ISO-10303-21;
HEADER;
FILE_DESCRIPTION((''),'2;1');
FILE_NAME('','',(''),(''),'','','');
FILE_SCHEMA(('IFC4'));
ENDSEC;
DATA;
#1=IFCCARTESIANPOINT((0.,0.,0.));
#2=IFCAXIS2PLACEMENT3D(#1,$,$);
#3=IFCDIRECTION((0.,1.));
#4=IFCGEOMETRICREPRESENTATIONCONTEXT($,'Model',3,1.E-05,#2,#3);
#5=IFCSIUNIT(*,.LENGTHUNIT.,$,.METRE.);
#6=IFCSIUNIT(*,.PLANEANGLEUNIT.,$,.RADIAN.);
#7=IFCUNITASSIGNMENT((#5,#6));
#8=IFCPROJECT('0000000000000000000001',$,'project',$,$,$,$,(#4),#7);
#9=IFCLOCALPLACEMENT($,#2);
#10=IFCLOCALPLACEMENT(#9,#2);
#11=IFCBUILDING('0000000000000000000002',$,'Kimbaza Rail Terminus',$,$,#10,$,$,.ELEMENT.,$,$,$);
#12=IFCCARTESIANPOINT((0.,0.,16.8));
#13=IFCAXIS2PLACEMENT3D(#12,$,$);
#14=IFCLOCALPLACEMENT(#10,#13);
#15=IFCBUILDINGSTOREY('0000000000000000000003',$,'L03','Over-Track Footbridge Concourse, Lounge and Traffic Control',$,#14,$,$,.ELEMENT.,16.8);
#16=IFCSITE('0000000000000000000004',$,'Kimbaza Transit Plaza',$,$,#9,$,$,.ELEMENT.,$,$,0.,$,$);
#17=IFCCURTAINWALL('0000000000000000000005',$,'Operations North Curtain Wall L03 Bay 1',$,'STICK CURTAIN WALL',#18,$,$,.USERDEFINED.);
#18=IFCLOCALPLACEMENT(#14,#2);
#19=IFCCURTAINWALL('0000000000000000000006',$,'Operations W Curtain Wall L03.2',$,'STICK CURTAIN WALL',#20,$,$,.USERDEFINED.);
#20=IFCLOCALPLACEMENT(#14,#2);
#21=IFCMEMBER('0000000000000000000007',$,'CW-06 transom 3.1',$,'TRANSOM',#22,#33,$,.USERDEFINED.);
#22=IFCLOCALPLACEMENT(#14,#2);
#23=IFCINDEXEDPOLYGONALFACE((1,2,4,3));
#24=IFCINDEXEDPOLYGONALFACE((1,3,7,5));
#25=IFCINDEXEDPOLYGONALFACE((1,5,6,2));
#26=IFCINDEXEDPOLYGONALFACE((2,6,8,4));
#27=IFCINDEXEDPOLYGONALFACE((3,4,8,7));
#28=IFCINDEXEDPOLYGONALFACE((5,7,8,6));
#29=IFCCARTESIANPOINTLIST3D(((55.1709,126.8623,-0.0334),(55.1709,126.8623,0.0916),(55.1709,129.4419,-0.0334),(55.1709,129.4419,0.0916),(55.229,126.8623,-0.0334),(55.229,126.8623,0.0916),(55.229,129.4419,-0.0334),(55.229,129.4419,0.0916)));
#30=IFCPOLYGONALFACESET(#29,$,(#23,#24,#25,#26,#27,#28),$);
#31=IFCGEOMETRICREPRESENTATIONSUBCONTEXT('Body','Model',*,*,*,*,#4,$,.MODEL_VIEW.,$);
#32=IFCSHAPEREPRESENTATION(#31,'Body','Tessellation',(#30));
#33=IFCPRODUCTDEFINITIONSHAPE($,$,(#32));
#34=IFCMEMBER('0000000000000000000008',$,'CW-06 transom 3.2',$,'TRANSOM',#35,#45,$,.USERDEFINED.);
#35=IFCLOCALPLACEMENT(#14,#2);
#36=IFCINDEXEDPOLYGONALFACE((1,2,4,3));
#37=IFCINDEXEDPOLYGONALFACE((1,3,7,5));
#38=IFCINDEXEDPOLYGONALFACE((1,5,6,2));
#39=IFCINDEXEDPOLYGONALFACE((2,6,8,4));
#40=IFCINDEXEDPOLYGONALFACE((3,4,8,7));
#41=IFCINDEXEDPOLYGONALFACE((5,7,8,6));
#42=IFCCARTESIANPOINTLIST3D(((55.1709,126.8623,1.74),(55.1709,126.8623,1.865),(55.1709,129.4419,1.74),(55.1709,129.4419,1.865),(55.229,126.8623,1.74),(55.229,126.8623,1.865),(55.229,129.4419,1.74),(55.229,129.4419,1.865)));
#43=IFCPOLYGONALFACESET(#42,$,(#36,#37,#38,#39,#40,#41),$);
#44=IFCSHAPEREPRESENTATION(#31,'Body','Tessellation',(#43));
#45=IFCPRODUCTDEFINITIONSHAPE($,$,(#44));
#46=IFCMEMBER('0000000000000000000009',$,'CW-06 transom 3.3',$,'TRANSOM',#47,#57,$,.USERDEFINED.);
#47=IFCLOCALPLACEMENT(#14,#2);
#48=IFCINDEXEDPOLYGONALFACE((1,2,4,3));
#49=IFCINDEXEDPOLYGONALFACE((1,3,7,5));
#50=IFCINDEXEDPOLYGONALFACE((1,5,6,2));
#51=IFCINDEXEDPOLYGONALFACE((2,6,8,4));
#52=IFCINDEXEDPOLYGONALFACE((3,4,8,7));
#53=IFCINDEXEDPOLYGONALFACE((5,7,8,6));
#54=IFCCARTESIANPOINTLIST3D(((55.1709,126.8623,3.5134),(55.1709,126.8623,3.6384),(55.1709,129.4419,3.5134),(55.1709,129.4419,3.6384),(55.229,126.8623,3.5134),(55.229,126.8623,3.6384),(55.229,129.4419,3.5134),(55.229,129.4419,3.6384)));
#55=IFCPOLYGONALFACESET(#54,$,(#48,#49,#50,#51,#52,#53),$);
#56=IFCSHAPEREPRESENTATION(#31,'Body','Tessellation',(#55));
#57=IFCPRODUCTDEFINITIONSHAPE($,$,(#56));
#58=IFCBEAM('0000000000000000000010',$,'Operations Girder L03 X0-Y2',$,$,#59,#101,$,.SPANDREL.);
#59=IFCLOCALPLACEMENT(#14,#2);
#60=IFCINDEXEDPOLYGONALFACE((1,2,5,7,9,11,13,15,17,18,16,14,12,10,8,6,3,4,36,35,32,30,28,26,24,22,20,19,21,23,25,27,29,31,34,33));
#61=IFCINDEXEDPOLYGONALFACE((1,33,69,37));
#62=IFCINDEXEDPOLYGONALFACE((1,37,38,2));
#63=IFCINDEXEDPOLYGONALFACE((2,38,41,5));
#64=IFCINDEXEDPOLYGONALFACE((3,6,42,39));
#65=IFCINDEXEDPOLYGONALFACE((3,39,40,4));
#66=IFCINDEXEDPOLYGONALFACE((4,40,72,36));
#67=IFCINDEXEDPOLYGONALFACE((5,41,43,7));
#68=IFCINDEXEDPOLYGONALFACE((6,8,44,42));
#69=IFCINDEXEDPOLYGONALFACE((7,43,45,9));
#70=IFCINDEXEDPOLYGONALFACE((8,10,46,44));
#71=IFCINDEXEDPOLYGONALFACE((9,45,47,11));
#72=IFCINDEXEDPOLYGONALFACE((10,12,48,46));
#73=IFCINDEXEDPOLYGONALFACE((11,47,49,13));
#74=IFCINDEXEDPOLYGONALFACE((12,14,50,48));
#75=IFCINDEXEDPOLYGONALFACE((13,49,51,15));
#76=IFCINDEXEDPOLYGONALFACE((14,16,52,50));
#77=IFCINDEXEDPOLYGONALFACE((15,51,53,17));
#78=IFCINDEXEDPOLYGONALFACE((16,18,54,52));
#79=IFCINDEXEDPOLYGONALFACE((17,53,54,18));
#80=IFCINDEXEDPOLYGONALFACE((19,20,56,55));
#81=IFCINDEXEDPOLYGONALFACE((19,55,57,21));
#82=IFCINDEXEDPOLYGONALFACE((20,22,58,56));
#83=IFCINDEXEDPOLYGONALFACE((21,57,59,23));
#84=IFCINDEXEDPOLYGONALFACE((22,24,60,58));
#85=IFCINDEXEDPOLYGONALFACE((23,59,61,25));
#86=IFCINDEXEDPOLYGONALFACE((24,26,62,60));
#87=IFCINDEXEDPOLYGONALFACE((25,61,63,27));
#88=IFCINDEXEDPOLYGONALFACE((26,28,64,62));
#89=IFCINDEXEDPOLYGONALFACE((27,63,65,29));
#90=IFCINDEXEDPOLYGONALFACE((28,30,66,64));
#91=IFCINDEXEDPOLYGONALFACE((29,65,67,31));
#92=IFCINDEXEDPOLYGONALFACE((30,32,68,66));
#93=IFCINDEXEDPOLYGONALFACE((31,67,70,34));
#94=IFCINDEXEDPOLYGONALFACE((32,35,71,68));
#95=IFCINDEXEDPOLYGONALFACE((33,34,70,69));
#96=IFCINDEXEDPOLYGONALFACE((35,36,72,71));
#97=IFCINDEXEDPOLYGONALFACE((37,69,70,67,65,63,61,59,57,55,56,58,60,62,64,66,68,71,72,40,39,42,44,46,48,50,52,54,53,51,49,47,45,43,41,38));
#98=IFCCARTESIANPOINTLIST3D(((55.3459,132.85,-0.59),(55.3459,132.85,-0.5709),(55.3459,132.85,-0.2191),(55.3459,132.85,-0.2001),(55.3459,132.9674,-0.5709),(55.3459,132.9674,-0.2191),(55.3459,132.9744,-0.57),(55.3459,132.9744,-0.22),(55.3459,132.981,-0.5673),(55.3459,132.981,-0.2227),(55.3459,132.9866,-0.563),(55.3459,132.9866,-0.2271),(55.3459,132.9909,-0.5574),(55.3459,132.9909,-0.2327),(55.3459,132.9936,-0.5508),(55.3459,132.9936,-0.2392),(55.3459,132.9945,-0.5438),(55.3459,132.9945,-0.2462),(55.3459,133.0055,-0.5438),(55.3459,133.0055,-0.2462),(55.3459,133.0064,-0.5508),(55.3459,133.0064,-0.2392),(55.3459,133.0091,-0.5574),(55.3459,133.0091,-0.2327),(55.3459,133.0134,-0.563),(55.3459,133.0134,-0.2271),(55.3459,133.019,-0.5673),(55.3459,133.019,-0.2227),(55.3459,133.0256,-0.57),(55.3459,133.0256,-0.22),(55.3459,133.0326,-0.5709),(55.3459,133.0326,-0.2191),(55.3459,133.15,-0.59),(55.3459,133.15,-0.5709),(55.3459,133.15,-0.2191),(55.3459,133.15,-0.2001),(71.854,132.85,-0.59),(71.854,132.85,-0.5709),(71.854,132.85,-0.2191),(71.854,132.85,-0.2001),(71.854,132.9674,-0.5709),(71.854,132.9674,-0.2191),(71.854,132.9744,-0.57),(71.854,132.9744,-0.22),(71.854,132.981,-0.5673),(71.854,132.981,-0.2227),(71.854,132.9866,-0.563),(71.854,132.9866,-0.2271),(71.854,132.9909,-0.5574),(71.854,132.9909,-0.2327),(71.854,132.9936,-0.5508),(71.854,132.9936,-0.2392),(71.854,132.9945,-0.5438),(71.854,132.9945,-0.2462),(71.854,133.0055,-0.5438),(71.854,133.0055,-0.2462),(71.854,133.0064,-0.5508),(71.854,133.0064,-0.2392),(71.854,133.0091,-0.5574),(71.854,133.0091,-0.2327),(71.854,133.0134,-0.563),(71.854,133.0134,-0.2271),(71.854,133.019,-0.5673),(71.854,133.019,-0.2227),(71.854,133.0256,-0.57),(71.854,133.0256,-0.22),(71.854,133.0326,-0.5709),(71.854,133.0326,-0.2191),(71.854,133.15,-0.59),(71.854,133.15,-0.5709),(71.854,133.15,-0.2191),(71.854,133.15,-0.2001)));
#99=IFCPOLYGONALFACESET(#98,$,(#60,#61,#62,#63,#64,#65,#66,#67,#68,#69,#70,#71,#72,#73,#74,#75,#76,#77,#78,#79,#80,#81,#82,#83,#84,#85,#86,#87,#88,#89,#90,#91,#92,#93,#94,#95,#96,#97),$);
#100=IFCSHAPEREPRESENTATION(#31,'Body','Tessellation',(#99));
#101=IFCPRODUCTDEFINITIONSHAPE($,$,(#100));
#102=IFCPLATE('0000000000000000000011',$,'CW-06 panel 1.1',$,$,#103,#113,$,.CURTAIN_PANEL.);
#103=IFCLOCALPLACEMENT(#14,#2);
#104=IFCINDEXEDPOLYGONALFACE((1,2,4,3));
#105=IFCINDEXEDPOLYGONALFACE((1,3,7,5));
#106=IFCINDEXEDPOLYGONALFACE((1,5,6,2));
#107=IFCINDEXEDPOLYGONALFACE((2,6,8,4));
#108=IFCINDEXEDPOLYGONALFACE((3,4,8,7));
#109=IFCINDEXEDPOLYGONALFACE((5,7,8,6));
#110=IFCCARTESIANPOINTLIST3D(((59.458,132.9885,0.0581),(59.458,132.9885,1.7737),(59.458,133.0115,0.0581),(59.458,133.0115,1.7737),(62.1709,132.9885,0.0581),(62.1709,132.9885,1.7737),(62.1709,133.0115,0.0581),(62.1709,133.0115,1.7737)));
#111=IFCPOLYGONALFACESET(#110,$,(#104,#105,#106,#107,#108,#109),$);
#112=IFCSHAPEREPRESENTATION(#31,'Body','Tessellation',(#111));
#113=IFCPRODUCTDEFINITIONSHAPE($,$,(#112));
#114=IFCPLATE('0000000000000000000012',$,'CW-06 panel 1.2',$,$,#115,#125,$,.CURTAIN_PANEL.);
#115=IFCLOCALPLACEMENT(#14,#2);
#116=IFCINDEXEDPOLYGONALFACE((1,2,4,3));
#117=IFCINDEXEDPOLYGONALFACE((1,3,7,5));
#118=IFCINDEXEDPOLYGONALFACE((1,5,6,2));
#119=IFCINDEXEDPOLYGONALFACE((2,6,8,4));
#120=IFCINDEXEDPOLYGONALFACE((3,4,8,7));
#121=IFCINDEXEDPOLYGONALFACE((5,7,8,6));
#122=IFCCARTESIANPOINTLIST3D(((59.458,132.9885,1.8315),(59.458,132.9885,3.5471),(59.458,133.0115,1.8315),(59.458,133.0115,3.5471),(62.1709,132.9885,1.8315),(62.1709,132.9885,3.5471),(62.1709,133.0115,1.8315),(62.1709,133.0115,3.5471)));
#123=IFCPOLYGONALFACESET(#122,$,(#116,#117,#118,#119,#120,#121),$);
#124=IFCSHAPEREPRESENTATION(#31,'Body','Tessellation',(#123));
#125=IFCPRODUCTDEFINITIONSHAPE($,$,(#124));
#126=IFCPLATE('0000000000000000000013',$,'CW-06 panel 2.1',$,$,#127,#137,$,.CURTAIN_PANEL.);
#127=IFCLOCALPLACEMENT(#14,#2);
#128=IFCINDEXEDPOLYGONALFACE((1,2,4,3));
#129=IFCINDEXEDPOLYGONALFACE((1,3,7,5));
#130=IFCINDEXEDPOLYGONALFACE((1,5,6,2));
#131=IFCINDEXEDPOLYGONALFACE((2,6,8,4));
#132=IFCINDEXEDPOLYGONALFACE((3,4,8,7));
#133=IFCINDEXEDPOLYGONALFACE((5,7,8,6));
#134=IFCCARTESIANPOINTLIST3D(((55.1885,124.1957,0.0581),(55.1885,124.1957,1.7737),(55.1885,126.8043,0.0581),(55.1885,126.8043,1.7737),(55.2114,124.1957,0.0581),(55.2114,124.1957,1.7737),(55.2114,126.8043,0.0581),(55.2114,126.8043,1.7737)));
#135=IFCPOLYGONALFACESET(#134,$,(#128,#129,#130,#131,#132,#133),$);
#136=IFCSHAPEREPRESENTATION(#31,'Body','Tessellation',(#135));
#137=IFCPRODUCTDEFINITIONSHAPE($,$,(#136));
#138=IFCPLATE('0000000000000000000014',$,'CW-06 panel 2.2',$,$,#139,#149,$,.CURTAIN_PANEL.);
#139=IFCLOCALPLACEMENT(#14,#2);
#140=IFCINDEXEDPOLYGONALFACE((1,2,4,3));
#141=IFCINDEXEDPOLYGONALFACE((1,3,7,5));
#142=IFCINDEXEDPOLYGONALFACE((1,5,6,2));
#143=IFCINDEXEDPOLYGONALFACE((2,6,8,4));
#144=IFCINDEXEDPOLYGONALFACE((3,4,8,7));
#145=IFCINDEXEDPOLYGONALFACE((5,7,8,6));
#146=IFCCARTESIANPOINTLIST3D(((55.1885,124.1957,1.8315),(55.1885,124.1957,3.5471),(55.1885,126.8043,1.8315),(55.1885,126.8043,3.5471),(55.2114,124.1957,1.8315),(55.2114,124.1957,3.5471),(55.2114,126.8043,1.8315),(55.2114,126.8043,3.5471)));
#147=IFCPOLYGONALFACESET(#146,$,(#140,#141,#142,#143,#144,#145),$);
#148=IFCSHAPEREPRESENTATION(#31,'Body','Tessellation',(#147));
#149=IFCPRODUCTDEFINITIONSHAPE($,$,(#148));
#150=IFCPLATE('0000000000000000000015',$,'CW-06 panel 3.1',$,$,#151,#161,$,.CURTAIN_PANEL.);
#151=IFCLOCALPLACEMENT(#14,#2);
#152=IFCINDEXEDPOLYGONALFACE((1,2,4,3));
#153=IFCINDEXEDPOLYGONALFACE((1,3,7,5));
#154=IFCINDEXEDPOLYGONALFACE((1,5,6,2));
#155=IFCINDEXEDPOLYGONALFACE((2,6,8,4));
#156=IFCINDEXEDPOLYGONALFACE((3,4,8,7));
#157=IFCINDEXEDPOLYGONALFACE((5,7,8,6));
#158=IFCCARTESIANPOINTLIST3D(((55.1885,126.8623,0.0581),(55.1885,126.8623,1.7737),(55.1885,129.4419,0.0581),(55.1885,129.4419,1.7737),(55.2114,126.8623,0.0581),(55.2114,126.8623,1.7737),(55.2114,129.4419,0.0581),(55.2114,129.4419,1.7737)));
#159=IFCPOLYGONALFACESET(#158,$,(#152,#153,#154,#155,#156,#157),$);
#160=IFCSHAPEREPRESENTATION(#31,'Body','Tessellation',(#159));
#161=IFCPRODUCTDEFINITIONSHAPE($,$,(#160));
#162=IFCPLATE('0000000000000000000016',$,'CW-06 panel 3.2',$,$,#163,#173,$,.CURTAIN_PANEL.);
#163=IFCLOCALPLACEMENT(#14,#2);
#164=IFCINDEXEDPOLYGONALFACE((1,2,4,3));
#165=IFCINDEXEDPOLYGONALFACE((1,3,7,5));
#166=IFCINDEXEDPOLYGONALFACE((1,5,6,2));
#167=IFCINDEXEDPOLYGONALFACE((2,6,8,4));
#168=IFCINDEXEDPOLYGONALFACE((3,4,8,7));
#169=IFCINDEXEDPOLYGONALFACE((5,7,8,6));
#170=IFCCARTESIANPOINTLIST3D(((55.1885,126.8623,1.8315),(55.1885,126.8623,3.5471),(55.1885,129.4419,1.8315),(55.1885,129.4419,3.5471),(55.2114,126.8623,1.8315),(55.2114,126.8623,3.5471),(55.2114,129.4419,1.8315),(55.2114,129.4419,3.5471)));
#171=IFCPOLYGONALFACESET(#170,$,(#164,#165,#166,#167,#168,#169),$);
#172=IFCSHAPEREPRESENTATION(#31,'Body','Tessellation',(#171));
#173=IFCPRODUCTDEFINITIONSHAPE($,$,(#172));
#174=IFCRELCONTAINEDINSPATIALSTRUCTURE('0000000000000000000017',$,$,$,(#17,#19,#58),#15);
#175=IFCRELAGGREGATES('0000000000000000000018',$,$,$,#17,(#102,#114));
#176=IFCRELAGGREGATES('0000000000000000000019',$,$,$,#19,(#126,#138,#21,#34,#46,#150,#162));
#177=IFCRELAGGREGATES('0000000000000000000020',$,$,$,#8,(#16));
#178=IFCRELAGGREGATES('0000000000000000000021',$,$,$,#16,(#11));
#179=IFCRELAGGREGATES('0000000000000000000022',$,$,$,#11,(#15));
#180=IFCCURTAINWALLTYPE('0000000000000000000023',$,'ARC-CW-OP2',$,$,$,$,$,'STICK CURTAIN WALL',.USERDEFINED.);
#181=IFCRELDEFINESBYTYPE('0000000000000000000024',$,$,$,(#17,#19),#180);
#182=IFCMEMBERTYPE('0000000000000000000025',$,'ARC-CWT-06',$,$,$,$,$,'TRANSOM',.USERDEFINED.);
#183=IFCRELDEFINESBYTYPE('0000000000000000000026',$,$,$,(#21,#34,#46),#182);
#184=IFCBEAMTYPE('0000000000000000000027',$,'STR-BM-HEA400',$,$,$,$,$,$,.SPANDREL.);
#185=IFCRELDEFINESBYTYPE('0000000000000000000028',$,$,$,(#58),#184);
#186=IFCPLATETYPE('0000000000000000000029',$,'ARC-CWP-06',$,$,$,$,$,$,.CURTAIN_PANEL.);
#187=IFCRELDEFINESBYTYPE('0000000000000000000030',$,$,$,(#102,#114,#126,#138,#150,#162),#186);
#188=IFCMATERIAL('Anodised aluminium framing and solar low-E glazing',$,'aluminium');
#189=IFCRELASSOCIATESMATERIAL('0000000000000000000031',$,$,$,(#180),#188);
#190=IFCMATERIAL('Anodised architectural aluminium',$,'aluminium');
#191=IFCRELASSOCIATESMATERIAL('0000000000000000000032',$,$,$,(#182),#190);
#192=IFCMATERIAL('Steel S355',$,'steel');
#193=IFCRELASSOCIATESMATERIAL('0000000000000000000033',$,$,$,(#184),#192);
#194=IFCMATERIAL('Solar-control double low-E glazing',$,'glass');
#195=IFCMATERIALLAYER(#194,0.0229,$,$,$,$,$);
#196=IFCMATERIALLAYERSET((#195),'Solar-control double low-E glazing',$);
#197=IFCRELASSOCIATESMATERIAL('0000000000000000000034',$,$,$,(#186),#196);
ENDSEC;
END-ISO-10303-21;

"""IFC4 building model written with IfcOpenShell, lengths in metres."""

from ifc_helpers import new_model, si_unit, direction, frame, origin, origin_2d, place, context, subcontext, project, spatial, rectangle, i_section, extrude, material, layer, layer_set, material_profile, profile_set, type_object, element, aggregate, save


model = new_model("IFC4")

# Units and contexts
model_context = context("Model", 3, precision=1e-05, world=origin(), true_north=direction((0.0, 1.0)))
body_context = subcontext(model_context, "Body", "Model", "MODEL_VIEW")
ifc_project = project(units=[si_unit("LENGTHUNIT", "METRE"), si_unit("PLANEANGLEUNIT", "RADIAN")], contexts=[model_context])

# Site, building, storey
site_placement = place(None, origin())
site = spatial("IfcSite", under=ifc_project, at=site_placement, Name="Kimbaza Transit Plaza", CompositionType="ELEMENT", RefElevation=0.0)
building_placement = place(site_placement, origin())
building = spatial("IfcBuilding", under=site, at=building_placement, Name="Kimbaza Rail Terminus", CompositionType="ELEMENT")
storey_placement = place(building_placement, frame((0.0, 0.0, 16.8)))
storey = spatial("IfcBuildingStorey", under=building, at=storey_placement, Name="L03", Description="Over-Track Footbridge Concourse, Lounge and Traffic Control", CompositionType="ELEMENT", Elevation=16.8)

# Curtain walls
ifc_material_1 = material(Name="Anodised aluminium framing and solar low-E glazing", Category="aluminium")
curtain_wall_type = type_object("IfcCurtainWallType", Name="ARC-CW-OP2", ElementType="STICK CURTAIN WALL", PredefinedType="USERDEFINED", material=ifc_material_1)
curtain_wall_1_placement = place(storey_placement, origin())
curtain_wall_1 = element("IfcCurtainWall", 1, at=curtain_wall_1_placement, inside=storey, type_object=curtain_wall_type, Name="Operations North Curtain Wall L03 Bay 1", ObjectType="STICK CURTAIN WALL", PredefinedType="USERDEFINED")
curtain_wall_2_placement = place(storey_placement, origin())
curtain_wall_2 = element("IfcCurtainWall", 2, at=curtain_wall_2_placement, inside=storey, type_object=curtain_wall_type, Name="Operations W Curtain Wall L03.2", ObjectType="STICK CURTAIN WALL", PredefinedType="USERDEFINED")

# Members
ifc_material_2 = material(Name="Anodised architectural aluminium", Category="aluminium")
ifc_material_profile_1 = material_profile(ifc_material_2, rectangle(XDim=0.0581, YDim=0.125, at=origin_2d()), Name="TRANSOM 58x125")
ifc_profile_set_1 = profile_set([ifc_material_profile_1], Name="Anodised architectural aluminium")
member_type_1 = type_object("IfcMemberType", Name="ARC-CWT-06", ElementType="TRANSOM", PredefinedType="USERDEFINED", material=ifc_profile_set_1)
member_1_placement = place(storey_placement, frame((55.2, 126.8623, 0.0291), z_axis=(0.0, 1.0, 0.0), x_axis=(-1.0, 0.0, 0.0)))
member_1 = element("IfcMember", 3, at=member_1_placement, type_object=member_type_1, Name="CW-06 transom 3.1", ObjectType="TRANSOM", PredefinedType="USERDEFINED", context=body_context, shape_type="SweptSolid", body=[
    extrude(rectangle(XDim=0.0581, YDim=0.125, at=origin_2d()), origin(), (0.0, 0.0, 1.0), 2.5796),
])
member_2_placement = place(storey_placement, frame((55.2, 126.8623, 1.8025), z_axis=(0.0, 1.0, 0.0), x_axis=(-1.0, 0.0, 0.0)))
member_2 = element("IfcMember", 4, at=member_2_placement, type_object=member_type_1, Name="CW-06 transom 3.2", ObjectType="TRANSOM", PredefinedType="USERDEFINED", context=body_context, shape_type="SweptSolid", body=[
    extrude(rectangle(XDim=0.0581, YDim=0.125, at=origin_2d()), origin(), (0.0, 0.0, 1.0), 2.5796),
])
member_3_placement = place(storey_placement, frame((55.2, 126.8623, 3.5759), z_axis=(0.0, 1.0, 0.0), x_axis=(-1.0, 0.0, 0.0)))
member_3 = element("IfcMember", 5, at=member_3_placement, type_object=member_type_1, Name="CW-06 transom 3.3", ObjectType="TRANSOM", PredefinedType="USERDEFINED", context=body_context, shape_type="SweptSolid", body=[
    extrude(rectangle(XDim=0.0581, YDim=0.125, at=origin_2d()), origin(), (0.0, 0.0, 1.0), 2.5796),
])

# Beam
ifc_material_3 = material(Name="Steel S355", Category="steel")
ifc_material_profile_2 = material_profile(ifc_material_3, i_section(OverallWidth=0.3, OverallDepth=0.3899, WebThickness=0.011, FlangeThickness=0.019, FilletRadius=0.0271, at=origin_2d()), Name="HEA 400")
ifc_profile_set_2 = profile_set([ifc_material_profile_2], Name="Steel S355")
beam_type = type_object("IfcBeamType", Name="STR-BM-HEA400", PredefinedType="SPANDREL", material=ifc_profile_set_2)
beam_placement = place(storey_placement, frame((55.3459, 133.0, -0.395), z_axis=(1.0, 0.0, 0.0), x_axis=(0.0, 1.0, 0.0)))
element("IfcBeam", 6, at=beam_placement, inside=storey, type_object=beam_type, Name="Operations Girder L03 X0-Y2", PredefinedType="SPANDREL", context=body_context, shape_type="SweptSolid", body=[
    extrude(i_section(OverallWidth=0.3, OverallDepth=0.3899, WebThickness=0.011, FlangeThickness=0.019, FilletRadius=0.0271, at=origin_2d()), origin(), (0.0, 0.0, 1.0), 16.5081),
])

# Plates
ifc_material_4 = material(Name="Solar-control double low-E glazing", Category="glass")
ifc_layer_1 = layer(ifc_material_4, 0.0229)
ifc_layer_set_1 = layer_set([ifc_layer_1], Name="Solar-control double low-E glazing")
plate_type = type_object("IfcPlateType", Name="ARC-CWP-06", PredefinedType="CURTAIN_PANEL", material=ifc_layer_set_1)
plate_1_placement = place(storey_placement, frame((60.8145, 133.0, 0.0581), z_axis=(0.0, 0.0, 1.0), x_axis=(1.0, 0.0, 0.0)))
plate_1 = element("IfcPlate", 7, at=plate_1_placement, type_object=plate_type, Name="CW-06 panel 1.1", PredefinedType="CURTAIN_PANEL", context=body_context, shape_type="SweptSolid", body=[
    extrude(rectangle(XDim=2.7129, YDim=0.0229, at=origin_2d()), origin(), (0.0, 0.0, 1.0), 1.7156),
])
plate_2_placement = place(storey_placement, frame((60.8145, 133.0, 1.8315), z_axis=(0.0, 0.0, 1.0), x_axis=(1.0, 0.0, 0.0)))
plate_2 = element("IfcPlate", 8, at=plate_2_placement, type_object=plate_type, Name="CW-06 panel 1.2", PredefinedType="CURTAIN_PANEL", context=body_context, shape_type="SweptSolid", body=[
    extrude(rectangle(XDim=2.7129, YDim=0.0229, at=origin_2d()), origin(), (0.0, 0.0, 1.0), 1.7156),
])
aggregate(curtain_wall_1, [plate_1, plate_2])
plate_3_placement = place(storey_placement, frame((55.2, 125.5, 0.0581), z_axis=(0.0, 0.0, 1.0), x_axis=(0.0, 1.0, 0.0)))
plate_3 = element("IfcPlate", 9, at=plate_3_placement, type_object=plate_type, Name="CW-06 panel 2.1", PredefinedType="CURTAIN_PANEL", context=body_context, shape_type="SweptSolid", body=[
    extrude(rectangle(XDim=2.6086, YDim=0.0229, at=origin_2d()), origin(), (0.0, 0.0, 1.0), 1.7156),
])
plate_4_placement = place(storey_placement, frame((55.2, 125.5, 1.8315), z_axis=(0.0, 0.0, 1.0), x_axis=(0.0, 1.0, 0.0)))
plate_4 = element("IfcPlate", 10, at=plate_4_placement, type_object=plate_type, Name="CW-06 panel 2.2", PredefinedType="CURTAIN_PANEL", context=body_context, shape_type="SweptSolid", body=[
    extrude(rectangle(XDim=2.6086, YDim=0.0229, at=origin_2d()), origin(), (0.0, 0.0, 1.0), 1.7156),
])
plate_5_placement = place(storey_placement, frame((55.2, 128.1521, 0.0581), z_axis=(0.0, 0.0, 1.0), x_axis=(0.0, 1.0, 0.0)))
plate_5 = element("IfcPlate", 11, at=plate_5_placement, type_object=plate_type, Name="CW-06 panel 3.1", PredefinedType="CURTAIN_PANEL", context=body_context, shape_type="SweptSolid", body=[
    extrude(rectangle(XDim=2.5796, YDim=0.0229, at=origin_2d()), origin(), (0.0, 0.0, 1.0), 1.7156),
])
plate_6_placement = place(storey_placement, frame((55.2, 128.1521, 1.8315), z_axis=(0.0, 0.0, 1.0), x_axis=(0.0, 1.0, 0.0)))
plate_6 = element("IfcPlate", 12, at=plate_6_placement, type_object=plate_type, Name="CW-06 panel 3.2", PredefinedType="CURTAIN_PANEL", context=body_context, shape_type="SweptSolid", body=[
    extrude(rectangle(XDim=2.5796, YDim=0.0229, at=origin_2d()), origin(), (0.0, 0.0, 1.0), 1.7156),
])
aggregate(curtain_wall_2, [plate_3, plate_4, member_1, member_2, member_3, plate_5, plate_6])

save(model, "model.ifc")
